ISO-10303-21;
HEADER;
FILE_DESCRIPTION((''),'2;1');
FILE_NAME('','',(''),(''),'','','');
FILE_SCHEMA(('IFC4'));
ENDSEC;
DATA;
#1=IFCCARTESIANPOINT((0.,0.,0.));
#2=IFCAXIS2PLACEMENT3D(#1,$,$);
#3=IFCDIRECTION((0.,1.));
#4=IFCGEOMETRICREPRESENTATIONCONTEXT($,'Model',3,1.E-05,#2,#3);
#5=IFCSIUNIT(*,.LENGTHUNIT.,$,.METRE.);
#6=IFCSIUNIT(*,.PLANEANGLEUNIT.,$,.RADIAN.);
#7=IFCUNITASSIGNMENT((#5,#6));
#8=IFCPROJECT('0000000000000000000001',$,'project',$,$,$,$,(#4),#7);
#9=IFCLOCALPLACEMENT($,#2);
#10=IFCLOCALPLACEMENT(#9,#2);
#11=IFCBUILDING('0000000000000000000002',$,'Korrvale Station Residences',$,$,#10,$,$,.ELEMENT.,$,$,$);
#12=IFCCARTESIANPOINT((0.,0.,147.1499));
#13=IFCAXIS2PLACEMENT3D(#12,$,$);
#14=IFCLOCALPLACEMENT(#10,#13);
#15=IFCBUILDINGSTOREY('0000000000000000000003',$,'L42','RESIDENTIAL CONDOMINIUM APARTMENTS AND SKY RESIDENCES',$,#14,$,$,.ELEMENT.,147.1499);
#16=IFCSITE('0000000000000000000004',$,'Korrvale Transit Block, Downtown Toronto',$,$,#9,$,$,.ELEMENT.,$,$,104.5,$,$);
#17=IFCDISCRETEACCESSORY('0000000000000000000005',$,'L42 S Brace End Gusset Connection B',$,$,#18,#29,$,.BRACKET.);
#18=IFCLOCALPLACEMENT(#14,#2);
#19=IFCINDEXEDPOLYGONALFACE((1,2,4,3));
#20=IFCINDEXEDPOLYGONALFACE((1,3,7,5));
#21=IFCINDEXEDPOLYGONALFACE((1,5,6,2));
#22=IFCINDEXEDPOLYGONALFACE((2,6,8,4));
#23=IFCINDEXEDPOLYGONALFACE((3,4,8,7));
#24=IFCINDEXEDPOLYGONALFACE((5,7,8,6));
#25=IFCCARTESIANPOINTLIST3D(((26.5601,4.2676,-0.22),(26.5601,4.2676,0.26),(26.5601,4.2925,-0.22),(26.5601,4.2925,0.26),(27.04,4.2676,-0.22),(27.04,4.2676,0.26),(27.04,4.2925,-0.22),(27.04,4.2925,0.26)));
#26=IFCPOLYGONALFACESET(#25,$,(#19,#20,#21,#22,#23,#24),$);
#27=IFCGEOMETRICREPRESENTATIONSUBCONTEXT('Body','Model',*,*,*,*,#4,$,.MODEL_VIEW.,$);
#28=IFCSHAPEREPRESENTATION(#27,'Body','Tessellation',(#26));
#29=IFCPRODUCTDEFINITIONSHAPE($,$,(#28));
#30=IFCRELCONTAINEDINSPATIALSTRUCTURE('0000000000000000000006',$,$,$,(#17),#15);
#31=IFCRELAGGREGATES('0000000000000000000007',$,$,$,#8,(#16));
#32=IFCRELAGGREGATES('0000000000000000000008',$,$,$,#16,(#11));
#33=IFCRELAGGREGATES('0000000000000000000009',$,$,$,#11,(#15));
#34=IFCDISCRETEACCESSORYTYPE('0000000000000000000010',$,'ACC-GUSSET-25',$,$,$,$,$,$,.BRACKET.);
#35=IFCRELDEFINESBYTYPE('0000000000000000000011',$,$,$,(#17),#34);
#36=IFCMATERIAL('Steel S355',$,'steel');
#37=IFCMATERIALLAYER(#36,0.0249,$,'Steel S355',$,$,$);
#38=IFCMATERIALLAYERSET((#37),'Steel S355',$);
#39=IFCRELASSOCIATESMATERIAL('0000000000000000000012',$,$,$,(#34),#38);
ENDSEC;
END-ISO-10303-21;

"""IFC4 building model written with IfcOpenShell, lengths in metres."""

from ifc_helpers import new_model, si_unit, direction, frame, origin, origin_2d, place, context, subcontext, project, spatial, rectangle, extrude, material, layer, layer_set, type_object, element, save


model = new_model("IFC4")

# Units and contexts
model_context = context("Model", 3, precision=1e-05, world=origin(), true_north=direction((0.0, 1.0)))
body_context = subcontext(model_context, "Body", "Model", "MODEL_VIEW")
ifc_project = project(units=[si_unit("LENGTHUNIT", "METRE"), si_unit("PLANEANGLEUNIT", "RADIAN")], contexts=[model_context])

# Site, building, storey
site_placement = place(None, origin())
site = spatial("IfcSite", under=ifc_project, at=site_placement, Name="Korrvale Transit Block, Downtown Toronto", CompositionType="ELEMENT", RefElevation=104.5)
building_placement = place(site_placement, origin())
building = spatial("IfcBuilding", under=site, at=building_placement, Name="Korrvale Station Residences", CompositionType="ELEMENT")
storey_placement = place(building_placement, frame((0.0, 0.0, 147.1499)))
storey = spatial("IfcBuildingStorey", under=building, at=storey_placement, Name="L42", Description="RESIDENTIAL CONDOMINIUM APARTMENTS AND SKY RESIDENCES", CompositionType="ELEMENT", Elevation=147.1499)

# Shared definitions
ifc_material_1 = material(Name="Steel S355", Category="steel")

# Discrete accessory
ifc_layer_1 = layer(ifc_material_1, 0.0249, Name="Steel S355")
ifc_layer_set_1 = layer_set([ifc_layer_1], Name="Steel S355")
discrete_accessory_type = type_object("IfcDiscreteAccessoryType", Name="ACC-GUSSET-25", PredefinedType="BRACKET", material=ifc_layer_set_1)
discrete_accessory_placement = place(storey_placement, frame((26.8, 4.28, -0.22), z_axis=(0.0, 0.0, 1.0), x_axis=(1.0, 0.0, 0.0)))
element("IfcDiscreteAccessory", 1, at=discrete_accessory_placement, inside=storey, type_object=discrete_accessory_type, Name="L42 S Brace End Gusset Connection B", PredefinedType="BRACKET", context=body_context, shape_type="SweptSolid", body=[
    extrude(rectangle(XDim=0.48, YDim=0.0249, at=origin_2d()), origin(), (0.0, 0.0, 1.0), 0.48),
])

save(model, "model.ifc")
